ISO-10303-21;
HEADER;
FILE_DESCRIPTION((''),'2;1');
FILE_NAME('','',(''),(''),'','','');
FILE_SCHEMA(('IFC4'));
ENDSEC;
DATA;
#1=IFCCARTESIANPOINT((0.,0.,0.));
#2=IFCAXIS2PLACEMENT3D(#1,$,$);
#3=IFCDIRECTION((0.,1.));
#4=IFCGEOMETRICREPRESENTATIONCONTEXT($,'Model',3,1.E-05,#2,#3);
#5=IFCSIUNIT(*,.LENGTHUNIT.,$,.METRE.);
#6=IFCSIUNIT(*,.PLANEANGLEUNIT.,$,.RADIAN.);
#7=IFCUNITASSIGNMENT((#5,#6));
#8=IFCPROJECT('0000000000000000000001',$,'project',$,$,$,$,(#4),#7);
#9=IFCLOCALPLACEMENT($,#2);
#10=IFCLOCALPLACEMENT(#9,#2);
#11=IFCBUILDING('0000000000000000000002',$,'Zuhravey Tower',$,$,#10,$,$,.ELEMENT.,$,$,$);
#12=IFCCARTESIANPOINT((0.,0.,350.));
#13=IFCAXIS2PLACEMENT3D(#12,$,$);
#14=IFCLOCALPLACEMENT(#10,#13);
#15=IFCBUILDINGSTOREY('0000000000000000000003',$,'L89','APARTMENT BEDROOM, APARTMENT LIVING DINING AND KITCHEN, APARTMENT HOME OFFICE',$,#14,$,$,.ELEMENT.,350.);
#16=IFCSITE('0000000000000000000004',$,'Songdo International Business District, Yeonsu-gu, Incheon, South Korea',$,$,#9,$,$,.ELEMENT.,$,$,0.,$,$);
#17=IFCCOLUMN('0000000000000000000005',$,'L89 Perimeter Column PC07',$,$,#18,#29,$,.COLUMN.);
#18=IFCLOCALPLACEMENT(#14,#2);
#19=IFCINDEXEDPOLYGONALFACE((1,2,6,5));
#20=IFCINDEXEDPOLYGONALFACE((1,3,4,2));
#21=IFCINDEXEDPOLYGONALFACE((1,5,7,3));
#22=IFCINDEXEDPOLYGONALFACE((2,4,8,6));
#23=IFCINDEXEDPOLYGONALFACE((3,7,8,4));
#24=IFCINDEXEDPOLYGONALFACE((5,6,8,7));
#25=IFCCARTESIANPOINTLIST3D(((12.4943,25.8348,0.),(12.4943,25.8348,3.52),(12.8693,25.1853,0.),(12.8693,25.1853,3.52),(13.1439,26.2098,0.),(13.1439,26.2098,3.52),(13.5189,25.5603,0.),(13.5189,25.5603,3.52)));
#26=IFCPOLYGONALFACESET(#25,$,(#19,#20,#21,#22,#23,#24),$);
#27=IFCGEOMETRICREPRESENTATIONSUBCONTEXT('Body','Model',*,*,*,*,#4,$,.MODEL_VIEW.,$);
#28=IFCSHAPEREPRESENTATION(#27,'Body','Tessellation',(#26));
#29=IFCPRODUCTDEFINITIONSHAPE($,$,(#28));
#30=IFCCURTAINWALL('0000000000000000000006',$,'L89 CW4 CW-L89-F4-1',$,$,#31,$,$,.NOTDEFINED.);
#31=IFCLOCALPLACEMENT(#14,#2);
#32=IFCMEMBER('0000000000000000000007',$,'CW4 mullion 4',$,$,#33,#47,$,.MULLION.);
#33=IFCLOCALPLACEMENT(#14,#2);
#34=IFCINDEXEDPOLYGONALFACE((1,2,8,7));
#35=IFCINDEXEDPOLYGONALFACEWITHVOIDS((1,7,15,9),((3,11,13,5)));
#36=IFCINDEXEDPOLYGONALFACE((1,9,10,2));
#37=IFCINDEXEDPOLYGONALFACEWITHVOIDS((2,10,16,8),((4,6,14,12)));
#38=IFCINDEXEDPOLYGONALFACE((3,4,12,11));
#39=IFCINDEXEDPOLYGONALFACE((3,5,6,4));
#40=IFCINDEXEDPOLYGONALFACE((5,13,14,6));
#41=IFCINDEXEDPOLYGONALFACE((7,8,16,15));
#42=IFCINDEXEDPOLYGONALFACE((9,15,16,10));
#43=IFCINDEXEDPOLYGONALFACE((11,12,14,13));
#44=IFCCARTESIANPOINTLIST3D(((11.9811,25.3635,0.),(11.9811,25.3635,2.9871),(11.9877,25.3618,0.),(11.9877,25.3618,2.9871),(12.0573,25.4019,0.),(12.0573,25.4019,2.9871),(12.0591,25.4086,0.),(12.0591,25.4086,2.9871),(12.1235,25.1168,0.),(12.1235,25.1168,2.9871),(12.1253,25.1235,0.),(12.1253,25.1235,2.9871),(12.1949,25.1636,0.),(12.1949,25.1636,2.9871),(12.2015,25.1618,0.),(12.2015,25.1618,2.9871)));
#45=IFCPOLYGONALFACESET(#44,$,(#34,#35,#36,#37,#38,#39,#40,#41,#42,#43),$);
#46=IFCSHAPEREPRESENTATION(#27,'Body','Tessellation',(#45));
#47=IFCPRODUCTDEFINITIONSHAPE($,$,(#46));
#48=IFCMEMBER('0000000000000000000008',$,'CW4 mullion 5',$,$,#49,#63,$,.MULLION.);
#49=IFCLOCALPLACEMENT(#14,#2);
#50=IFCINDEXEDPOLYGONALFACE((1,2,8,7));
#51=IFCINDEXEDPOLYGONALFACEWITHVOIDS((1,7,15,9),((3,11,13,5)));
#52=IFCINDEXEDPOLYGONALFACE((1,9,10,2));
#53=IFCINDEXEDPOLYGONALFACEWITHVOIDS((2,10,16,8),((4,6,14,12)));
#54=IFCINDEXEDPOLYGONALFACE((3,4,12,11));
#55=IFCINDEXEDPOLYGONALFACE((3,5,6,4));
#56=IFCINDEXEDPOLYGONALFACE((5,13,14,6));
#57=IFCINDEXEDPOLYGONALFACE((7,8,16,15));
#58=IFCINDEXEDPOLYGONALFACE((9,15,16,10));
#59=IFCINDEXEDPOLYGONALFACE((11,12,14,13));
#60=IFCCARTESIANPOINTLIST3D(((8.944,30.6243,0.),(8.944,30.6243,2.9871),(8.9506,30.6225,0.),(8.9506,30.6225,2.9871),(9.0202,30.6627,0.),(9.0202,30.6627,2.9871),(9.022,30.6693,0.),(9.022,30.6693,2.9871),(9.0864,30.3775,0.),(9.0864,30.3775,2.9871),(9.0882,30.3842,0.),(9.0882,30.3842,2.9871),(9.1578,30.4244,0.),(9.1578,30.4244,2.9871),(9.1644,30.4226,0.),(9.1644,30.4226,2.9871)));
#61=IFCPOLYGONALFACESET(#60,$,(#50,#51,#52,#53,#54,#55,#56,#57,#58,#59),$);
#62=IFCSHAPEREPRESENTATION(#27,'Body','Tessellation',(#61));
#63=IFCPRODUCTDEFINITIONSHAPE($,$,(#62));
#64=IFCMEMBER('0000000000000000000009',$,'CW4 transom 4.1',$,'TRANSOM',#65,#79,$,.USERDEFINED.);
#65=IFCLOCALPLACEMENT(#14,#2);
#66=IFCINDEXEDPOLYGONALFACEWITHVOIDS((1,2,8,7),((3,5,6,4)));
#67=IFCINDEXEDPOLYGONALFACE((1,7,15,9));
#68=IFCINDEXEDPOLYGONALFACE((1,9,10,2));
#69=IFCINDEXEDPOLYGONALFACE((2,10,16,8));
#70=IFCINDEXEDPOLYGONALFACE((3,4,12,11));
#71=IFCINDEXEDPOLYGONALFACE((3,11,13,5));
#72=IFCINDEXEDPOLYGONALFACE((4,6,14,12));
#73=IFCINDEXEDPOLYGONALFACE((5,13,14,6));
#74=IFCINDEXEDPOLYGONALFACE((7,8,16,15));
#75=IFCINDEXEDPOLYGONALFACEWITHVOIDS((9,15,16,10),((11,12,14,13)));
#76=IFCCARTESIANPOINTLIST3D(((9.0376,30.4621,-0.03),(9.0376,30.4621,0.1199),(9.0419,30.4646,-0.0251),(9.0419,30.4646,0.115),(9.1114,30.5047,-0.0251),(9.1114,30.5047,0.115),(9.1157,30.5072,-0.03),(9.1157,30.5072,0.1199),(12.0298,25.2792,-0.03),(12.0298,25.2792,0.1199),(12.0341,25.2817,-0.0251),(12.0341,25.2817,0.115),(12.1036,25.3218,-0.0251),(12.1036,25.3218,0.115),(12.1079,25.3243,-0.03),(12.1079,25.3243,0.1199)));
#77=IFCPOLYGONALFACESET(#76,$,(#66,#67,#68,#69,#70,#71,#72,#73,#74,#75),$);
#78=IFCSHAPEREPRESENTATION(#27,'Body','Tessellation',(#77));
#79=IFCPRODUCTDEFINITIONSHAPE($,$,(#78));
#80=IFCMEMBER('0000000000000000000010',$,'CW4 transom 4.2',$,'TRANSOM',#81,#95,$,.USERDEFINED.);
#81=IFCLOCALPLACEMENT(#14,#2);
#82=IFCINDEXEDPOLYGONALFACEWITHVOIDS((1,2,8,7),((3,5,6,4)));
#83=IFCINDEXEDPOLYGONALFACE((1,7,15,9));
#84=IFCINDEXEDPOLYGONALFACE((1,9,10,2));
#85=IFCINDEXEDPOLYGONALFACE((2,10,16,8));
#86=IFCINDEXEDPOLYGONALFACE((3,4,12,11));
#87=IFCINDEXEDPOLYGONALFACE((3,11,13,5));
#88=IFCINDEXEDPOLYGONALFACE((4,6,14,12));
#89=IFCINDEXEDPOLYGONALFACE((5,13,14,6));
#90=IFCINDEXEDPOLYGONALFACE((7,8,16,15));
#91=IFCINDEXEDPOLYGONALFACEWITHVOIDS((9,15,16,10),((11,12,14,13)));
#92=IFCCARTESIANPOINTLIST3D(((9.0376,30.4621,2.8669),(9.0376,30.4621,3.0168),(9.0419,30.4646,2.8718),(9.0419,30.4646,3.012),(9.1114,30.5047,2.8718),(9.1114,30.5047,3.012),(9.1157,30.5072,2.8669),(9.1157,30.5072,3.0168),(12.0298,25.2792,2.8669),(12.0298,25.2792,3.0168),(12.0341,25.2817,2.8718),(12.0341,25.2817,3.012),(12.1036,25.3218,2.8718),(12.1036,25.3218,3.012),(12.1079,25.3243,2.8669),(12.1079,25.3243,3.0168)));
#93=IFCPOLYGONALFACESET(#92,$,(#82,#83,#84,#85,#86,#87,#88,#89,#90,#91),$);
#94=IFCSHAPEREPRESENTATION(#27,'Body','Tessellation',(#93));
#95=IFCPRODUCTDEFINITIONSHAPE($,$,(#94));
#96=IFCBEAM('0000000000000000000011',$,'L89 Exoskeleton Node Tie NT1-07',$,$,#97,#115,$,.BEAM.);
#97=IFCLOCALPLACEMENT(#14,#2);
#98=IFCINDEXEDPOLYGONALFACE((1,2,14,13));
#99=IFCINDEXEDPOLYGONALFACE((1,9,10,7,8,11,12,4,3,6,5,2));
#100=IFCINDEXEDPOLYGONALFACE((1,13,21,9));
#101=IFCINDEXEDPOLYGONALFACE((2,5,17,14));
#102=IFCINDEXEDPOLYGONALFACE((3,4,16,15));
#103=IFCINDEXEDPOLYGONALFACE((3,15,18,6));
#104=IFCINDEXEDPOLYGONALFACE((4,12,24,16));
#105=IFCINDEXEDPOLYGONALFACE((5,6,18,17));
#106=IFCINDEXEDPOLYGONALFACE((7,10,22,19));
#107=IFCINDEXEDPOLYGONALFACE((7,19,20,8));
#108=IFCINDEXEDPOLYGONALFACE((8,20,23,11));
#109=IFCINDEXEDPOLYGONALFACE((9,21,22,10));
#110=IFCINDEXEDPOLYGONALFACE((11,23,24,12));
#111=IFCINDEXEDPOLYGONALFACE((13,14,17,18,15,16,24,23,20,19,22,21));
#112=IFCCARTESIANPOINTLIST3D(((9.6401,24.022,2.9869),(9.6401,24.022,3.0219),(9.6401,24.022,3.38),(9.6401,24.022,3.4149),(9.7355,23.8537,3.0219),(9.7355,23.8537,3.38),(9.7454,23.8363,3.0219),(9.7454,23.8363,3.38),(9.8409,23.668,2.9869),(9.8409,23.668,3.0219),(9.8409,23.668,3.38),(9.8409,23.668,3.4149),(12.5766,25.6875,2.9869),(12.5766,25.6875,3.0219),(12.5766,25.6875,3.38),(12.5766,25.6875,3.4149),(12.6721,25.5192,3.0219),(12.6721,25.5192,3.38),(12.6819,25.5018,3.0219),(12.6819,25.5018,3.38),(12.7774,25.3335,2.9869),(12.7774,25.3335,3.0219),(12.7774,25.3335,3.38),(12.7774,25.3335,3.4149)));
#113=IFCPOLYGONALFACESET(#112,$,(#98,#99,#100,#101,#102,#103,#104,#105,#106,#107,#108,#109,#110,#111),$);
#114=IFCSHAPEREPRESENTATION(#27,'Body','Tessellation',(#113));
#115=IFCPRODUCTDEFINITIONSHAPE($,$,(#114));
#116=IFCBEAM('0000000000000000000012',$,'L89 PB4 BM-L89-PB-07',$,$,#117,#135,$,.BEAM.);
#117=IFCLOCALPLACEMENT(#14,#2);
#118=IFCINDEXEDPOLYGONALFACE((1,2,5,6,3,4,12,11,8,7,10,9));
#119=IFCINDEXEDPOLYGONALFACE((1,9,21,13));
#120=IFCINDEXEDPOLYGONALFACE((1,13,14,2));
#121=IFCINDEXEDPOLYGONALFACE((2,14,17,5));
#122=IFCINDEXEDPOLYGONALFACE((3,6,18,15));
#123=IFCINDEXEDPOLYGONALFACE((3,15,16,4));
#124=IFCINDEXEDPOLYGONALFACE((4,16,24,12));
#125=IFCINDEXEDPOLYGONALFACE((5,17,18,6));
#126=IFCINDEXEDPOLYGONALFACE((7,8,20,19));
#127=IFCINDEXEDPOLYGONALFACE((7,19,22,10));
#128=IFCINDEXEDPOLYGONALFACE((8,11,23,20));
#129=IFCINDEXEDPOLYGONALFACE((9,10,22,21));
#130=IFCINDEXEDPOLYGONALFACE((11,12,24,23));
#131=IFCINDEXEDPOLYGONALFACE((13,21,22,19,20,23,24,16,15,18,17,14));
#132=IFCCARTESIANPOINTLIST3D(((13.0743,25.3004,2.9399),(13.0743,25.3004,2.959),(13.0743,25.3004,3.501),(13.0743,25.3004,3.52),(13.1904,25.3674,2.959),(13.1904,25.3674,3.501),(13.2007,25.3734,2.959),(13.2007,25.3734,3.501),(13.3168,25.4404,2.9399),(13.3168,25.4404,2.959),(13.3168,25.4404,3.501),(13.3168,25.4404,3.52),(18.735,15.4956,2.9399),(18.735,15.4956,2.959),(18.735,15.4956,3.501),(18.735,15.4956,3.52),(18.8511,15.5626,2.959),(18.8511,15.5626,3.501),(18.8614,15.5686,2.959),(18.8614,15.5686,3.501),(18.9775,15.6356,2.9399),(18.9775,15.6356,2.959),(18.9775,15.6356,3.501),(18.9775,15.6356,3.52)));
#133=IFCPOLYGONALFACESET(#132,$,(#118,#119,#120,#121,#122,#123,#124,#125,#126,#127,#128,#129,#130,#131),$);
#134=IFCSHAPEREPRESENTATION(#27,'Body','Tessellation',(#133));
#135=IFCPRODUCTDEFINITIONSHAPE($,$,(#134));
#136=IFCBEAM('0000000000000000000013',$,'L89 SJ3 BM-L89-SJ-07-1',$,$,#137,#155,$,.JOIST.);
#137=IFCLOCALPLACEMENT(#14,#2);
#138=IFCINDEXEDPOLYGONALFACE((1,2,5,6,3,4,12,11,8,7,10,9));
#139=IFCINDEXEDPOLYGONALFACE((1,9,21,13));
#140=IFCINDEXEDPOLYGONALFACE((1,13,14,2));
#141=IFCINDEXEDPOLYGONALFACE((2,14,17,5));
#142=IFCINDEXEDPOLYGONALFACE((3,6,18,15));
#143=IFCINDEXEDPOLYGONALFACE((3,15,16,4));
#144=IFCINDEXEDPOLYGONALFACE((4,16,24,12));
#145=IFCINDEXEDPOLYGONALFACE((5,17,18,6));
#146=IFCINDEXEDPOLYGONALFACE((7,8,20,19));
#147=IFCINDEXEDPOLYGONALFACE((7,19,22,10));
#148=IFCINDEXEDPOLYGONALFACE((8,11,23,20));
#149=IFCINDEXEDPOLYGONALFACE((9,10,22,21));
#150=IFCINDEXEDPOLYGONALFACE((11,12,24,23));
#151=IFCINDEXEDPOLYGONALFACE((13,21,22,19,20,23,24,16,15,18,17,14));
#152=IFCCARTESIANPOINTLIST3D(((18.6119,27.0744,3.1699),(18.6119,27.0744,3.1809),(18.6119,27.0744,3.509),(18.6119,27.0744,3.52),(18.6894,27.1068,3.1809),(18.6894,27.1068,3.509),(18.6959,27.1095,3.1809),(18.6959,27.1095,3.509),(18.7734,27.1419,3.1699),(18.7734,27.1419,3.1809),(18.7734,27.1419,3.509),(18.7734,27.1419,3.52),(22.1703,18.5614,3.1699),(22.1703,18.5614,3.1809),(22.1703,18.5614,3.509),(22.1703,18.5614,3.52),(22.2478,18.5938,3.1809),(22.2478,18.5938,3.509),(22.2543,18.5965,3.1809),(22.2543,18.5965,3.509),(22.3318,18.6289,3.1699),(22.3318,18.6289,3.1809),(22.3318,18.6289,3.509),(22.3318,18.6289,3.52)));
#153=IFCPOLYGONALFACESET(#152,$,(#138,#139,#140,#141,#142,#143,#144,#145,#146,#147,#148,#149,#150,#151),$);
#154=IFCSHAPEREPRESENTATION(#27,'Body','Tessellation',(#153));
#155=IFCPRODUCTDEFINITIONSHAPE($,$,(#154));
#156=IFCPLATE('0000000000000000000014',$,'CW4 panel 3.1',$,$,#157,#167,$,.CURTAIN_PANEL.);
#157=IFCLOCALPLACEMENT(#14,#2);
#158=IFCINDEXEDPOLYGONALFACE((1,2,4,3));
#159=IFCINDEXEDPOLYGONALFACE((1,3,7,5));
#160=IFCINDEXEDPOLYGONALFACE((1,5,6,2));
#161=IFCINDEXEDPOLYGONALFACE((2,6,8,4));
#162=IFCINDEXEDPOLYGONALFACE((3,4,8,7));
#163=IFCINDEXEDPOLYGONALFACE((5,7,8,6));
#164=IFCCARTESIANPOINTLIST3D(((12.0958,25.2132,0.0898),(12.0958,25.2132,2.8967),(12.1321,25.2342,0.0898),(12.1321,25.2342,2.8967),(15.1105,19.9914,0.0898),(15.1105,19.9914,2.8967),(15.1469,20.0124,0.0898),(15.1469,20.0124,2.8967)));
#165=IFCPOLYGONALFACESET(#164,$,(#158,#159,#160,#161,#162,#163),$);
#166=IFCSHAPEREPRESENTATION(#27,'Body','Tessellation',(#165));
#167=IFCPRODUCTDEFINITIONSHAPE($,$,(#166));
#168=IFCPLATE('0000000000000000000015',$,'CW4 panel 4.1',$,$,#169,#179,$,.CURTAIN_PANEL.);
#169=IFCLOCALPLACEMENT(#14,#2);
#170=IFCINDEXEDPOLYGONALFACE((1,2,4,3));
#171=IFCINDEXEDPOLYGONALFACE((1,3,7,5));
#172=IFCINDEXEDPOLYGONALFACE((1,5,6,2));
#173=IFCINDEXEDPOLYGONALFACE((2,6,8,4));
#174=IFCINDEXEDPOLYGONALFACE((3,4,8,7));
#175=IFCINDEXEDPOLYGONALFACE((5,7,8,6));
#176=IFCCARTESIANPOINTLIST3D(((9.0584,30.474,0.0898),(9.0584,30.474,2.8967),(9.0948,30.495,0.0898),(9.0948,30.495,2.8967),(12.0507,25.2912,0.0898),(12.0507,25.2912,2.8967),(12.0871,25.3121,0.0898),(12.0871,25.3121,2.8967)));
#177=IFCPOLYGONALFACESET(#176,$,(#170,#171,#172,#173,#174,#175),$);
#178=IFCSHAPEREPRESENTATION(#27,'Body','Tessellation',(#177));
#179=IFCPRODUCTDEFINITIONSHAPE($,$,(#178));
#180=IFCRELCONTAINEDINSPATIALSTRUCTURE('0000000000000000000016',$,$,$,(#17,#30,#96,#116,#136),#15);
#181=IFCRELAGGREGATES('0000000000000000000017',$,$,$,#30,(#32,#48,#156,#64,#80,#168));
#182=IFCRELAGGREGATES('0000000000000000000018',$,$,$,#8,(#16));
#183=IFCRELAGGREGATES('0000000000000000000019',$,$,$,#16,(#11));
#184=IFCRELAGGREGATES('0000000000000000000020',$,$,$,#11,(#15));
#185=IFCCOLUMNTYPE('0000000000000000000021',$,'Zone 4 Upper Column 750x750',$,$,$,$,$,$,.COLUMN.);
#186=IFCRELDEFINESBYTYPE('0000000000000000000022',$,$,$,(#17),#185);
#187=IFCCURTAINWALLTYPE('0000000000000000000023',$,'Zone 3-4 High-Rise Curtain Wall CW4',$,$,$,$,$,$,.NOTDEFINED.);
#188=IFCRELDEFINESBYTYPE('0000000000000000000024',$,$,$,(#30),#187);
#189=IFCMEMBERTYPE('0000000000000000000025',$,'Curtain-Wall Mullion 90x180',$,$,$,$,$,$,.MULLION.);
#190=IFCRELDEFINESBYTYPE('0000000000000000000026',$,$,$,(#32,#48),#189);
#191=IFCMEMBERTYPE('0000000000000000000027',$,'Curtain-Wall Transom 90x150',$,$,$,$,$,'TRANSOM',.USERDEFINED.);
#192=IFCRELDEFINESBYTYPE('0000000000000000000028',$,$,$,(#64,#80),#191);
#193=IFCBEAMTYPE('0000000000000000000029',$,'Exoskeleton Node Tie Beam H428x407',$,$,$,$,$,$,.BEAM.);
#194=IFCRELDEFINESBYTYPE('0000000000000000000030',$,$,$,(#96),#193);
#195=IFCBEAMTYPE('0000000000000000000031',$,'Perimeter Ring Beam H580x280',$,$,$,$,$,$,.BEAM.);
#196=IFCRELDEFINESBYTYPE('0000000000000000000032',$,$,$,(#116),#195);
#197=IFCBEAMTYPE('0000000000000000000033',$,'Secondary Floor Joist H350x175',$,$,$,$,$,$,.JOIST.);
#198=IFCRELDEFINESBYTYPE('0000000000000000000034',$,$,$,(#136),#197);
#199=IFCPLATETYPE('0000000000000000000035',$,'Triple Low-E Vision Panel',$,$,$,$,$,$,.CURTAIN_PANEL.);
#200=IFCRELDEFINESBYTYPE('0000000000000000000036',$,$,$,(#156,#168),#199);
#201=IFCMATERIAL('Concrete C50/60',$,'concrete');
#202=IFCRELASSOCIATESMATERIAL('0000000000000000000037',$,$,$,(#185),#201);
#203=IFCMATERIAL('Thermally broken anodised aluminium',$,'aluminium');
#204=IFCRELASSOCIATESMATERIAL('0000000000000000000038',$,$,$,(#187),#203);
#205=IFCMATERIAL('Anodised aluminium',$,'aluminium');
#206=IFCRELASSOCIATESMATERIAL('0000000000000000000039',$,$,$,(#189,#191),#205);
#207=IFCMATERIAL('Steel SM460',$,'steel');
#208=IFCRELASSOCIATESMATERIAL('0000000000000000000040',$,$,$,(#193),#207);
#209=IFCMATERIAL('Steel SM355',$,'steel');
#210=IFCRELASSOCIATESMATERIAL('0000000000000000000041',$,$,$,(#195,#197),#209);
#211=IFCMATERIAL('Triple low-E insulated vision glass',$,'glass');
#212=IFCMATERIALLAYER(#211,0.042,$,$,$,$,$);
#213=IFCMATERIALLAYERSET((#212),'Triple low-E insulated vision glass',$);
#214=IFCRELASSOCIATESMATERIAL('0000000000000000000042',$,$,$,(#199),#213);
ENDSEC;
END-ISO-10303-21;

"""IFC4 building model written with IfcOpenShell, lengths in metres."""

from ifc_helpers import new_model, si_unit, direction, frame, origin, origin_2d, place, context, subcontext, project, spatial, rectangle, hollow_rectangle, i_section, extrude, material, layer, layer_set, material_profile, profile_set, type_object, element, aggregate, save


model = new_model("IFC4")

# Units and contexts
model_context = context("Model", 3, precision=1e-05, world=origin(), true_north=direction((0.0, 1.0)))
body_context = subcontext(model_context, "Body", "Model", "MODEL_VIEW")
ifc_project = project(units=[si_unit("LENGTHUNIT", "METRE"), si_unit("PLANEANGLEUNIT", "RADIAN")], contexts=[model_context])

# Site, building, storey
site_placement = place(None, origin())
site = spatial("IfcSite", under=ifc_project, at=site_placement, Name="Songdo International Business District, Yeonsu-gu, Incheon, South Korea", CompositionType="ELEMENT", RefElevation=0.0)
building_placement = place(site_placement, origin())
building = spatial("IfcBuilding", under=site, at=building_placement, Name="Zuhravey Tower", CompositionType="ELEMENT")
storey_placement = place(building_placement, frame((0.0, 0.0, 350.0)))
storey = spatial("IfcBuildingStorey", under=building, at=storey_placement, Name="L89", Description="APARTMENT BEDROOM, APARTMENT LIVING DINING AND KITCHEN, APARTMENT HOME OFFICE", CompositionType="ELEMENT", Elevation=350.0)

# Column
ifc_material_1 = material(Name="Concrete C50/60", Category="concrete")
ifc_material_profile_1 = material_profile(ifc_material_1, rectangle(XDim=0.75, YDim=0.75, at=origin_2d()), Name="RC-750x750")
ifc_profile_set_1 = profile_set([ifc_material_profile_1], Name="Concrete C50/60")
column_type = type_object("IfcColumnType", Name="Zone 4 Upper Column 750x750", PredefinedType="COLUMN", material=ifc_profile_set_1)
column_placement = place(storey_placement, frame((13.0066, 25.6975, 0.0), z_axis=(0.0, 0.0, 1.0), x_axis=(0.5, -0.866025, 0.0)))
element("IfcColumn", 1, at=column_placement, inside=storey, type_object=column_type, Name="L89 Perimeter Column PC07", PredefinedType="COLUMN", context=body_context, shape_type="SweptSolid", body=[
    extrude(rectangle(XDim=0.75, YDim=0.75, at=origin_2d()), origin(), (0.0, 0.0, 1.0), 3.52),
])

# Curtain wall, members
ifc_material_2 = material(Name="Thermally broken anodised aluminium", Category="aluminium")
curtain_wall_type = type_object("IfcCurtainWallType", Name="Zone 3-4 High-Rise Curtain Wall CW4", PredefinedType="NOTDEFINED", material=ifc_material_2)
curtain_wall_placement = place(storey_placement, origin())
curtain_wall = element("IfcCurtainWall", 2, at=curtain_wall_placement, inside=storey, type_object=curtain_wall_type, Name="L89 CW4 CW-L89-F4-1", PredefinedType="NOTDEFINED")
ifc_material_3 = material(Name="Anodised aluminium", Category="aluminium")
ifc_material_profile_2 = material_profile(ifc_material_3, hollow_rectangle(XDim=0.0901, YDim=0.2849, WallThickness=0.0049, at=origin_2d()), Name="ALU-RHS-90x285x5")
ifc_profile_set_2 = profile_set([ifc_material_profile_2], Name="Anodised aluminium")
member_type_1 = type_object("IfcMemberType", Name="Curtain-Wall Mullion 90x180", PredefinedType="MULLION", material=ifc_profile_set_2)
member_1_placement = place(storey_placement, frame((12.0913, 25.2627, 0.0), z_axis=(0.0, 0.0, 1.0), x_axis=(-0.866026, -0.5, 0.0)))
member_1 = element("IfcMember", 3, at=member_1_placement, type_object=member_type_1, Name="CW4 mullion 4", PredefinedType="MULLION", context=body_context, shape_type="SweptSolid", body=[
    extrude(hollow_rectangle(XDim=0.0901, YDim=0.2849, WallThickness=0.0049, at=origin_2d()), origin(), (0.0, 0.0, 1.0), 2.9871),
])
member_2_placement = place(storey_placement, frame((9.0542, 30.5234, 0.0), z_axis=(0.0, 0.0, 1.0), x_axis=(-0.866026, -0.5, 0.0)))
member_2 = element("IfcMember", 4, at=member_2_placement, type_object=member_type_1, Name="CW4 mullion 5", PredefinedType="MULLION", context=body_context, shape_type="SweptSolid", body=[
    extrude(hollow_rectangle(XDim=0.0901, YDim=0.2849, WallThickness=0.0049, at=origin_2d()), origin(), (0.0, 0.0, 1.0), 2.9871),
])
ifc_material_profile_3 = material_profile(ifc_material_3, hollow_rectangle(XDim=0.0901, YDim=0.1499, WallThickness=0.0049, at=origin_2d()), Name="ALU-RHS-90x150x5")
ifc_profile_set_3 = profile_set([ifc_material_profile_3], Name="Anodised aluminium")
member_type_2 = type_object("IfcMemberType", Name="Curtain-Wall Transom 90x150", ElementType="TRANSOM", PredefinedType="USERDEFINED", material=ifc_profile_set_3)
member_3_placement = place(storey_placement, frame((12.0688, 25.3018, 0.0449), z_axis=(-0.499983, 0.866035, 0.0), x_axis=(-0.866035, -0.499983, 0.0)))
member_3 = element("IfcMember", 5, at=member_3_placement, type_object=member_type_2, Name="CW4 transom 4.1", ObjectType="TRANSOM", PredefinedType="USERDEFINED", context=body_context, shape_type="SweptSolid", body=[
    extrude(hollow_rectangle(XDim=0.0901, YDim=0.1499, WallThickness=0.0049, at=origin_2d()), origin(), (0.0, 0.0, 1.0), 5.9846),
])
member_4_placement = place(storey_placement, frame((12.0688, 25.3018, 2.9419), z_axis=(-0.499983, 0.866035, 0.0), x_axis=(-0.866035, -0.499983, 0.0)))
member_4 = element("IfcMember", 6, at=member_4_placement, type_object=member_type_2, Name="CW4 transom 4.2", ObjectType="TRANSOM", PredefinedType="USERDEFINED", context=body_context, shape_type="SweptSolid", body=[
    extrude(hollow_rectangle(XDim=0.0901, YDim=0.1499, WallThickness=0.0049, at=origin_2d()), origin(), (0.0, 0.0, 1.0), 5.9846),
])

# Beams
ifc_material_4 = material(Name="Steel SM460", Category="steel")
ifc_material_profile_4 = material_profile(ifc_material_4, i_section(OverallWidth=0.407, OverallDepth=0.428, WebThickness=0.02, FlangeThickness=0.0349, at=origin_2d()), Name="H-428x407x20x35")
ifc_profile_set_4 = profile_set([ifc_material_profile_4], Name="Steel SM460")
beam_type_1 = type_object("IfcBeamType", Name="Exoskeleton Node Tie Beam H428x407", PredefinedType="BEAM", material=ifc_profile_set_4)
beam_1_placement = place(storey_placement, frame((12.677, 25.5105, 3.2009), z_axis=(-0.869832, -0.493348, 0.0), x_axis=(0.493348, -0.869832, 0.0)))
element("IfcBeam", 7, at=beam_1_placement, inside=storey, type_object=beam_type_1, Name="L89 Exoskeleton Node Tie NT1-07", PredefinedType="BEAM", context=body_context, shape_type="SweptSolid", body=[
    extrude(i_section(OverallWidth=0.407, OverallDepth=0.428, WebThickness=0.02, FlangeThickness=0.0349, at=origin_2d()), origin(), (0.0, 0.0, 1.0), 3.376),
])
ifc_material_5 = material(Name="Steel SM355", Category="steel")
ifc_material_profile_5 = material_profile(ifc_material_5, i_section(OverallWidth=0.28, OverallDepth=0.5801, WebThickness=0.012, FlangeThickness=0.019, at=origin_2d()), Name="H-580x280x12x19")
ifc_profile_set_5 = profile_set([ifc_material_profile_5], Name="Steel SM355")
beam_type_2 = type_object("IfcBeamType", Name="Perimeter Ring Beam H580x280", PredefinedType="BEAM", material=ifc_profile_set_5)
beam_2_placement = place(storey_placement, frame((13.1956, 25.3704, 3.23), z_axis=(0.499994, -0.866029, 0.0), x_axis=(0.866029, 0.499994, 0.0)))
element("IfcBeam", 8, at=beam_2_placement, inside=storey, type_object=beam_type_2, Name="L89 PB4 BM-L89-PB-07", PredefinedType="BEAM", context=body_context, shape_type="SweptSolid", body=[
    extrude(i_section(OverallWidth=0.28, OverallDepth=0.5801, WebThickness=0.012, FlangeThickness=0.019, at=origin_2d()), origin(), (0.0, 0.0, 1.0), 11.3215),
])
ifc_material_profile_6 = material_profile(ifc_material_5, i_section(OverallWidth=0.175, OverallDepth=0.3501, WebThickness=0.0071, FlangeThickness=0.011, at=origin_2d()), Name="H-350x175x7x11")
ifc_profile_set_6 = profile_set([ifc_material_profile_6], Name="Steel SM355")
beam_type_3 = type_object("IfcBeamType", Name="Secondary Floor Joist H350x175", PredefinedType="JOIST", material=ifc_profile_set_6)
beam_3_placement = place(storey_placement, frame((18.6926, 27.1082, 3.345), z_axis=(0.385658, -0.922642, 0.0), x_axis=(0.922642, 0.385658, 0.0)))
element("IfcBeam", 9, at=beam_3_placement, inside=storey, type_object=beam_type_3, Name="L89 SJ3 BM-L89-SJ-07-1", PredefinedType="JOIST", context=body_context, shape_type="SweptSolid", body=[
    extrude(i_section(OverallWidth=0.175, OverallDepth=0.3501, WebThickness=0.0071, FlangeThickness=0.011, at=origin_2d()), origin(), (0.0, 0.0, 1.0), 9.2268),
])

# Plates
ifc_material_6 = material(Name="Triple low-E insulated vision glass", Category="glass")
ifc_layer_1 = layer(ifc_material_6, 0.042)
ifc_layer_set_1 = layer_set([ifc_layer_1], Name="Triple low-E insulated vision glass")
plate_type = type_object("IfcPlateType", Name="Triple Low-E Vision Panel", PredefinedType="CURTAIN_PANEL", material=ifc_layer_set_1)
plate_1_placement = place(storey_placement, frame((13.6213, 22.6128, 0.0898), z_axis=(0.0, 0.0, 1.0), x_axis=(-0.5, 0.866026, 0.0)))
plate_1 = element("IfcPlate", 10, at=plate_1_placement, type_object=plate_type, Name="CW4 panel 3.1", PredefinedType="CURTAIN_PANEL", context=body_context, shape_type="SweptSolid", body=[
    extrude(rectangle(XDim=6.0295, YDim=0.042, at=origin_2d()), origin(), (0.0, 0.0, 1.0), 2.8069),
])
plate_2_placement = place(storey_placement, frame((10.5728, 27.8931, 0.0898), z_axis=(0.0, 0.0, 1.0), x_axis=(-0.5, 0.866026, 0.0)))
plate_2 = element("IfcPlate", 11, at=plate_2_placement, type_object=plate_type, Name="CW4 panel 4.1", PredefinedType="CURTAIN_PANEL", context=body_context, shape_type="SweptSolid", body=[
    extrude(rectangle(XDim=5.9846, YDim=0.042, at=origin_2d()), origin(), (0.0, 0.0, 1.0), 2.8069),
])
aggregate(curtain_wall, [member_1, member_2, plate_1, member_3, member_4, plate_2])

save(model, "model.ifc")
